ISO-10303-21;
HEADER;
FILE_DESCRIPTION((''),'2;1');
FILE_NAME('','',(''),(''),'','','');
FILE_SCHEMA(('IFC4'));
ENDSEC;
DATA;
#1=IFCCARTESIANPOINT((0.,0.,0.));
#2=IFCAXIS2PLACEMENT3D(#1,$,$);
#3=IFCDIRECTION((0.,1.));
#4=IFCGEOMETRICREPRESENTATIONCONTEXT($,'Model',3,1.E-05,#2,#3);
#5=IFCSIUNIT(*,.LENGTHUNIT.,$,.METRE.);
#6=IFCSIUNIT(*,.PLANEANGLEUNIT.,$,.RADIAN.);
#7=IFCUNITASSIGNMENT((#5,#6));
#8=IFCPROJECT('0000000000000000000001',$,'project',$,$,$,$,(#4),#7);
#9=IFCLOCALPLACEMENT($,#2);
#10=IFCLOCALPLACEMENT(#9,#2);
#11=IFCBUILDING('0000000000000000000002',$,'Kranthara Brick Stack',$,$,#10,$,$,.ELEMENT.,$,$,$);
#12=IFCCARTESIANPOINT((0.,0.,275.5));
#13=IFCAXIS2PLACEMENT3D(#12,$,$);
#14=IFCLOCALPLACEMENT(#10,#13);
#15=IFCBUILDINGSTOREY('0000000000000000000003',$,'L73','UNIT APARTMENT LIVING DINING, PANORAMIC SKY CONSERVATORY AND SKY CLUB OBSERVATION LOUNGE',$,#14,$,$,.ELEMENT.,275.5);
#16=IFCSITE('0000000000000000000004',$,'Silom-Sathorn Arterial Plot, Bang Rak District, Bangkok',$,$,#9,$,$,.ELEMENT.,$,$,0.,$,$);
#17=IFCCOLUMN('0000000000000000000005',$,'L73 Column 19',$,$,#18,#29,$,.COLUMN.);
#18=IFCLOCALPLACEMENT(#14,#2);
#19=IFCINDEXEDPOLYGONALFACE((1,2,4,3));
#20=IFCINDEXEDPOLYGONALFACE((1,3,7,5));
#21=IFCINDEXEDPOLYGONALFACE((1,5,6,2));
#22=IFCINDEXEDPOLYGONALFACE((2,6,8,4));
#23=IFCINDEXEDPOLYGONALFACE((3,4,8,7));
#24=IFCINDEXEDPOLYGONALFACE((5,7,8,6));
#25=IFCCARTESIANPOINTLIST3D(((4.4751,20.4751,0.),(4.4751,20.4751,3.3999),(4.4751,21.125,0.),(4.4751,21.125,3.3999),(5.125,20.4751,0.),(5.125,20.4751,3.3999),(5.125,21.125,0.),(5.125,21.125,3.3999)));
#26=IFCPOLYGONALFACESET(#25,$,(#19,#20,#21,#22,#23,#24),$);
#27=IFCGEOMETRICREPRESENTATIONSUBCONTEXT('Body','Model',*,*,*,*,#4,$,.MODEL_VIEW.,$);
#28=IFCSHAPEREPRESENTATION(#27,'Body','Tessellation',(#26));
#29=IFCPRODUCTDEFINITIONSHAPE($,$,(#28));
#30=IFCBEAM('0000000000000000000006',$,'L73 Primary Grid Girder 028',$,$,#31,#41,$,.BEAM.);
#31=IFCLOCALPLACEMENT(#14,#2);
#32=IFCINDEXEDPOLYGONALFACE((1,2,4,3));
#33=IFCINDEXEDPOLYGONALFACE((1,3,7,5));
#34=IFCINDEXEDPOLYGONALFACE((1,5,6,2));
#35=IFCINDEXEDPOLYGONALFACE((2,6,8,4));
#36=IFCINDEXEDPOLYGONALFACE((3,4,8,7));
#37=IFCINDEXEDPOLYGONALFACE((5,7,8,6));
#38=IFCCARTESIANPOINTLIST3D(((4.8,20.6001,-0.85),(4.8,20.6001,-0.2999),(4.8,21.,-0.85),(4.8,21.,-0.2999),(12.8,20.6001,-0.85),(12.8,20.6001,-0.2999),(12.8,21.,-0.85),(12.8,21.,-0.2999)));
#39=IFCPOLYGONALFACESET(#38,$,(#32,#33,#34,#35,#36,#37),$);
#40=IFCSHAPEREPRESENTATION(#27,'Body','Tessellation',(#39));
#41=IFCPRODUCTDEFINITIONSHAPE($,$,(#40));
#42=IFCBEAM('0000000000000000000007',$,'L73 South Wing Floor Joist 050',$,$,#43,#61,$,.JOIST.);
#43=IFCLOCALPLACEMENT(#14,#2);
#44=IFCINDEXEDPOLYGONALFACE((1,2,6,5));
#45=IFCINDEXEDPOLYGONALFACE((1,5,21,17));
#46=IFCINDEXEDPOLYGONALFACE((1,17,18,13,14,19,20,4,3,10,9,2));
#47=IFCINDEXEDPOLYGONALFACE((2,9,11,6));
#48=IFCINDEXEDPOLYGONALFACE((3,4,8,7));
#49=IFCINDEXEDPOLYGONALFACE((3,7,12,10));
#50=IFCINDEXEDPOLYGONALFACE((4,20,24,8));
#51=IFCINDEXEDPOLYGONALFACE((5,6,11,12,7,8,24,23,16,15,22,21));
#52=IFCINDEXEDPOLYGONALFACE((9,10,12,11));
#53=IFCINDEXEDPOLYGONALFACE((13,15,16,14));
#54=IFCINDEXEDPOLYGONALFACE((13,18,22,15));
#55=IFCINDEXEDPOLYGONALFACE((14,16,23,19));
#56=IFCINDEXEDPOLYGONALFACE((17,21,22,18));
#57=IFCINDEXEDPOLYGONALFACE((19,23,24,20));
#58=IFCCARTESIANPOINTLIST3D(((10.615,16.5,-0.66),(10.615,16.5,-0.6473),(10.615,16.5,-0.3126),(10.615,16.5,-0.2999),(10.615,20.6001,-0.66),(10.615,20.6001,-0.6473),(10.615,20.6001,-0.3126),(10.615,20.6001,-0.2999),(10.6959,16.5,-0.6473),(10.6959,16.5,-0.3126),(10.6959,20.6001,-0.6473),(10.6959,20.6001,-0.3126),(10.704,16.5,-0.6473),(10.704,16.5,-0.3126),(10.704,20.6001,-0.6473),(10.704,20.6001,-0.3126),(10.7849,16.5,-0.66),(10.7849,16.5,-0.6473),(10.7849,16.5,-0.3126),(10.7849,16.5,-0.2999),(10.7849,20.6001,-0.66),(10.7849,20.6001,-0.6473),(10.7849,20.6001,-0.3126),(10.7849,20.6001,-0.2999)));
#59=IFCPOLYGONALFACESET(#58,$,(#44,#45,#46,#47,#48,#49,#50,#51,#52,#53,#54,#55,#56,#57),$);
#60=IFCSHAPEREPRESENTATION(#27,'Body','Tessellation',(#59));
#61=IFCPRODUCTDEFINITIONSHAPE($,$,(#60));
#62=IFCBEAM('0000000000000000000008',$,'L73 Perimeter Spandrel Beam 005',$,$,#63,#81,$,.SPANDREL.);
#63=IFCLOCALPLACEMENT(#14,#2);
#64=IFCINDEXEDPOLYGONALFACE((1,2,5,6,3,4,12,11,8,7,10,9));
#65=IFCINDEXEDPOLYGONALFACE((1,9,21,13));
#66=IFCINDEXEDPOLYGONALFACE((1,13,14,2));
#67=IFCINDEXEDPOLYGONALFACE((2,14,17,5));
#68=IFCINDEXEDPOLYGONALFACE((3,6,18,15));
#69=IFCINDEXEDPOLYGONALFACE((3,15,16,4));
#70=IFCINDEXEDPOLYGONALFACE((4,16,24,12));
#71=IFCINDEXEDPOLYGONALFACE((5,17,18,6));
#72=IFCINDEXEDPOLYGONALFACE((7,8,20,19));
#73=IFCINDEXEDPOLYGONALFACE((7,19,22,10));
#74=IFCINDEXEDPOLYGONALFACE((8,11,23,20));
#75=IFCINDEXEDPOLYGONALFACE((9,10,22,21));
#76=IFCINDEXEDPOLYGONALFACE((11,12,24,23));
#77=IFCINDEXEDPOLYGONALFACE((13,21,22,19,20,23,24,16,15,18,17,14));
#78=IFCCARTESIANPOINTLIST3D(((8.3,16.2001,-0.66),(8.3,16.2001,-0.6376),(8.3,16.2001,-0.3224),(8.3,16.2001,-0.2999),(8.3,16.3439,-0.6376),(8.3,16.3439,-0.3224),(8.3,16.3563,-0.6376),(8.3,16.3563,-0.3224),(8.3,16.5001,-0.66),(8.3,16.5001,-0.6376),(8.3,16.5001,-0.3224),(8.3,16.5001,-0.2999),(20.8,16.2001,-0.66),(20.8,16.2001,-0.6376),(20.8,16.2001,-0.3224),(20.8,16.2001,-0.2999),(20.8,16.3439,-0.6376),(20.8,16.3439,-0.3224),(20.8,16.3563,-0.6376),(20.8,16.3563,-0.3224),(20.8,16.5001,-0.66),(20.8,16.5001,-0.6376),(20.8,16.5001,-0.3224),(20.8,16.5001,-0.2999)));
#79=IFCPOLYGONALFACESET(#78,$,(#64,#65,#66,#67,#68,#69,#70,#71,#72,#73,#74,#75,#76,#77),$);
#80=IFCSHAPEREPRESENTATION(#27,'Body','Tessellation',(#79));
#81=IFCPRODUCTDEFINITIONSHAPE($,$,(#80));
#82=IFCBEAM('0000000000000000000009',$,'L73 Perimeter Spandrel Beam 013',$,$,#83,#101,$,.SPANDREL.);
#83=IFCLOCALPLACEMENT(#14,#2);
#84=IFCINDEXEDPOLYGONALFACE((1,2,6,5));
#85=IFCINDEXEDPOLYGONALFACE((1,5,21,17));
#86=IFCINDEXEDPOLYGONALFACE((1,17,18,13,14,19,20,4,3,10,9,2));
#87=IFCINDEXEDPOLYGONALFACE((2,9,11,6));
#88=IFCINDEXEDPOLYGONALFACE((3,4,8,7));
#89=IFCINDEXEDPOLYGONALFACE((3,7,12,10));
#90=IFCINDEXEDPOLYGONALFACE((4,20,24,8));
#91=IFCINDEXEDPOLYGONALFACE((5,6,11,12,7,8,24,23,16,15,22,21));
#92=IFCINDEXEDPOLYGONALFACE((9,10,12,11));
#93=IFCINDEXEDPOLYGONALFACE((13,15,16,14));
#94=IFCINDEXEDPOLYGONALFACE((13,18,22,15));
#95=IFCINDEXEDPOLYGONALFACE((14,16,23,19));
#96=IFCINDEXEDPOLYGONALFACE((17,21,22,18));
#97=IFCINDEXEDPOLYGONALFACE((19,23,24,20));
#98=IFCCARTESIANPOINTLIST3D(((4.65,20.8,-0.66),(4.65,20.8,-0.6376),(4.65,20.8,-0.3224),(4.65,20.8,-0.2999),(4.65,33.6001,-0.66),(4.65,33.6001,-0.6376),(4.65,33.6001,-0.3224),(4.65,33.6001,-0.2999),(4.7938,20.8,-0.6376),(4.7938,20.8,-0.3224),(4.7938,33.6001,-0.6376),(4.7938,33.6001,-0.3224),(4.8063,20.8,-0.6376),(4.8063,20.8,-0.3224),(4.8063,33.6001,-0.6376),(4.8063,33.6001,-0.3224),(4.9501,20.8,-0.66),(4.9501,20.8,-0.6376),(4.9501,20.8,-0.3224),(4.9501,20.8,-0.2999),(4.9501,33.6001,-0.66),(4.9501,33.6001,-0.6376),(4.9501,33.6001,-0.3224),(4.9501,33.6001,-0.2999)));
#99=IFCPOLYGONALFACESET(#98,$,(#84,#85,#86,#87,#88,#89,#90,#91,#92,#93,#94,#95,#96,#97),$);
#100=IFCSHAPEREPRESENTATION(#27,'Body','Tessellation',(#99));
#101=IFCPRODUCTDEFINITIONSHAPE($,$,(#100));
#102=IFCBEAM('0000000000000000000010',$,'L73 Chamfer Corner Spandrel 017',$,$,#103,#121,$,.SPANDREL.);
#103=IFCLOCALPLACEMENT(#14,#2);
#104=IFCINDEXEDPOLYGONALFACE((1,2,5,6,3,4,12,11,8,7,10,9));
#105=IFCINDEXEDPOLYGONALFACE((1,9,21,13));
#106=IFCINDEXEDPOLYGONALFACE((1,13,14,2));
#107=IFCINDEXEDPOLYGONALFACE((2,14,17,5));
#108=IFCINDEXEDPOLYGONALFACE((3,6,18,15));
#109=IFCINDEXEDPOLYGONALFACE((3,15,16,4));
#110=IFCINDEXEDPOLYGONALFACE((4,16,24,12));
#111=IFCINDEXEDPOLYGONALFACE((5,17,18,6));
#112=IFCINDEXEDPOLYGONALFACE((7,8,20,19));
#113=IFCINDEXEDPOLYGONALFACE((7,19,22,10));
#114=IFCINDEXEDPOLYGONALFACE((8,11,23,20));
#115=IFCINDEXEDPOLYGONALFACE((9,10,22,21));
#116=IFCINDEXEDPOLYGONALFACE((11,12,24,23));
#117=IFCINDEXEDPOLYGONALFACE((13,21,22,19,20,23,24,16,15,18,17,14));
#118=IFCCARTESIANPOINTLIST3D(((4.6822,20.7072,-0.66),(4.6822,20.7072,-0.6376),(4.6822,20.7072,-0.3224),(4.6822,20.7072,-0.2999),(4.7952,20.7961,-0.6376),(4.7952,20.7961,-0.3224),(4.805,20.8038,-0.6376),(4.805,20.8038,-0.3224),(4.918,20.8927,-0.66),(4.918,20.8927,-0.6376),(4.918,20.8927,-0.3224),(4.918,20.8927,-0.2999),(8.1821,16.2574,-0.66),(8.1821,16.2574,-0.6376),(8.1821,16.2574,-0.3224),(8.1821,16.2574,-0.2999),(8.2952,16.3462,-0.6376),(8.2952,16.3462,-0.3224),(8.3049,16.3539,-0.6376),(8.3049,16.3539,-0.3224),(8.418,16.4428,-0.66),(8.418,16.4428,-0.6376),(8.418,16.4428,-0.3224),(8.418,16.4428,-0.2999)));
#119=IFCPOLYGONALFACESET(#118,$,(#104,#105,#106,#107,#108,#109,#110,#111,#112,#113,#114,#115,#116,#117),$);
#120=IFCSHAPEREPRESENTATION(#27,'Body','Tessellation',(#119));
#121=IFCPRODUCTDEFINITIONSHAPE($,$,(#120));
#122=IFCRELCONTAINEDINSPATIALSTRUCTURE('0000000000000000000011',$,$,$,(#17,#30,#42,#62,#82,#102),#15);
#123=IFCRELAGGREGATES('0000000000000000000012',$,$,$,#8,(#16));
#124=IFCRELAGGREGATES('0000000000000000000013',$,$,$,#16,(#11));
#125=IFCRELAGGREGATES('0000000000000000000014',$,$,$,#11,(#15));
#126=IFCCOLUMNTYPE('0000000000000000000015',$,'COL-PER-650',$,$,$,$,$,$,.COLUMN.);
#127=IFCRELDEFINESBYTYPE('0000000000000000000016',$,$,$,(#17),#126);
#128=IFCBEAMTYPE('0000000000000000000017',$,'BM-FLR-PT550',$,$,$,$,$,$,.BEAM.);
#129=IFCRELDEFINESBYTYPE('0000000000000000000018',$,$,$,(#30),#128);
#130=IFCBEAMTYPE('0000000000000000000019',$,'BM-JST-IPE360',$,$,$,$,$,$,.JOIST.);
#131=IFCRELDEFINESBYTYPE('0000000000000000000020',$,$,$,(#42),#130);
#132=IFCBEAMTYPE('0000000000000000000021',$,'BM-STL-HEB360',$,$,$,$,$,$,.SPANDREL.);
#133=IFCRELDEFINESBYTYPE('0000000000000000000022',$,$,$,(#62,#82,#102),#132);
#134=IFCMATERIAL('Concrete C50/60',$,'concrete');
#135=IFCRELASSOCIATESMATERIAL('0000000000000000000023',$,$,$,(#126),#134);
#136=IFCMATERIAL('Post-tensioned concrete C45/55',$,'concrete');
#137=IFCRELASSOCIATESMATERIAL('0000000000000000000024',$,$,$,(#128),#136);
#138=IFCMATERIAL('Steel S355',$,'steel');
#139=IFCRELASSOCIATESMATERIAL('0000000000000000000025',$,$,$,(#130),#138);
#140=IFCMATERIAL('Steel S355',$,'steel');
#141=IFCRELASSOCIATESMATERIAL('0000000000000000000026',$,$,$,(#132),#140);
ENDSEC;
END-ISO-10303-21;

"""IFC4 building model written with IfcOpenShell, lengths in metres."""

from ifc_helpers import new_model, si_unit, direction, frame, origin, origin_2d, place, context, subcontext, project, spatial, rectangle, i_section, extrude, material, material_profile, profile_set, type_object, element, save


model = new_model("IFC4")

# Units and contexts
model_context = context("Model", 3, precision=1e-05, world=origin(), true_north=direction((0.0, 1.0)))
body_context = subcontext(model_context, "Body", "Model", "MODEL_VIEW")
ifc_project = project(units=[si_unit("LENGTHUNIT", "METRE"), si_unit("PLANEANGLEUNIT", "RADIAN")], contexts=[model_context])

# Site, building, storey
site_placement = place(None, origin())
site = spatial("IfcSite", under=ifc_project, at=site_placement, Name="Silom-Sathorn Arterial Plot, Bang Rak District, Bangkok", CompositionType="ELEMENT", RefElevation=0.0)
building_placement = place(site_placement, origin())
building = spatial("IfcBuilding", under=site, at=building_placement, Name="Kranthara Brick Stack", CompositionType="ELEMENT")
storey_placement = place(building_placement, frame((0.0, 0.0, 275.5)))
storey = spatial("IfcBuildingStorey", under=building, at=storey_placement, Name="L73", Description="UNIT APARTMENT LIVING DINING, PANORAMIC SKY CONSERVATORY AND SKY CLUB OBSERVATION LOUNGE", CompositionType="ELEMENT", Elevation=275.5)

# Column
ifc_material_1 = material(Name="Concrete C50/60", Category="concrete")
ifc_material_profile_1 = material_profile(ifc_material_1, rectangle(XDim=0.6499, YDim=0.6499, at=origin_2d()), Name="RC 650x650")
ifc_profile_set_1 = profile_set([ifc_material_profile_1], Name="Concrete C50/60")
column_type = type_object("IfcColumnType", Name="COL-PER-650", PredefinedType="COLUMN", material=ifc_profile_set_1)
column_placement = place(storey_placement, frame((4.8, 20.8, 0.0), z_axis=(0.0, 0.0, 1.0), x_axis=(1.0, 0.0, 0.0)))
element("IfcColumn", 1, at=column_placement, inside=storey, type_object=column_type, Name="L73 Column 19", PredefinedType="COLUMN", context=body_context, shape_type="SweptSolid", body=[
    extrude(rectangle(XDim=0.6499, YDim=0.6499, at=origin_2d()), origin(), (0.0, 0.0, 1.0), 3.3999),
])

# Beams
ifc_material_2 = material(Name="Post-tensioned concrete C45/55", Category="concrete")
ifc_material_profile_2 = material_profile(ifc_material_2, rectangle(XDim=0.3999, YDim=0.55, at=origin_2d()), Name="PT 400x550")
ifc_profile_set_2 = profile_set([ifc_material_profile_2], Name="Post-tensioned concrete C45/55")
beam_type_1 = type_object("IfcBeamType", Name="BM-FLR-PT550", PredefinedType="BEAM", material=ifc_profile_set_2)
beam_1_placement = place(storey_placement, frame((4.8, 20.8, -0.575), z_axis=(1.0, 0.0, 0.0), x_axis=(0.0, 1.0, 0.0)))
element("IfcBeam", 2, at=beam_1_placement, inside=storey, type_object=beam_type_1, Name="L73 Primary Grid Girder 028", PredefinedType="BEAM", context=body_context, shape_type="SweptSolid", body=[
    extrude(rectangle(XDim=0.3999, YDim=0.55, at=origin_2d()), origin(), (0.0, 0.0, 1.0), 8.0),
])
ifc_material_3 = material(Name="Steel S355", Category="steel")
ifc_material_profile_3 = material_profile(ifc_material_3, i_section(OverallWidth=0.1699, OverallDepth=0.3601, WebThickness=0.0081, FlangeThickness=0.0127, at=origin_2d()), Name="IPE 360")
ifc_profile_set_3 = profile_set([ifc_material_profile_3], Name="Steel S355")
beam_type_2 = type_object("IfcBeamType", Name="BM-JST-IPE360", PredefinedType="JOIST", material=ifc_profile_set_3)
beam_2_placement = place(storey_placement, frame((10.7, 16.5, -0.48), z_axis=(0.0, 1.0, 0.0), x_axis=(-1.0, 0.0, 0.0)))
element("IfcBeam", 3, at=beam_2_placement, inside=storey, type_object=beam_type_2, Name="L73 South Wing Floor Joist 050", PredefinedType="JOIST", context=body_context, shape_type="SweptSolid", body=[
    extrude(i_section(OverallWidth=0.1699, OverallDepth=0.3601, WebThickness=0.0081, FlangeThickness=0.0127, at=origin_2d()), origin(), (0.0, 0.0, 1.0), 4.1001),
])
ifc_material_4 = material(Name="Steel S355", Category="steel")
ifc_material_profile_4 = material_profile(ifc_material_4, i_section(OverallWidth=0.3, OverallDepth=0.3601, WebThickness=0.0125, FlangeThickness=0.0225, at=origin_2d()), Name="HEB 360")
ifc_profile_set_4 = profile_set([ifc_material_profile_4], Name="Steel S355")
beam_type_3 = type_object("IfcBeamType", Name="BM-STL-HEB360", PredefinedType="SPANDREL", material=ifc_profile_set_4)
beam_3_placement = place(storey_placement, frame((8.3, 16.3501, -0.48), z_axis=(1.0, 0.0, 0.0), x_axis=(0.0, 1.0, 0.0)))
element("IfcBeam", 4, at=beam_3_placement, inside=storey, type_object=beam_type_3, Name="L73 Perimeter Spandrel Beam 005", PredefinedType="SPANDREL", context=body_context, shape_type="SweptSolid", body=[
    extrude(i_section(OverallWidth=0.3, OverallDepth=0.3601, WebThickness=0.0125, FlangeThickness=0.0225, at=origin_2d()), origin(), (0.0, 0.0, 1.0), 12.5),
])
beam_4_placement = place(storey_placement, frame((4.8, 20.8, -0.48), z_axis=(0.0, 1.0, 0.0), x_axis=(-1.0, 0.0, 0.0)))
element("IfcBeam", 5, at=beam_4_placement, inside=storey, type_object=beam_type_3, Name="L73 Perimeter Spandrel Beam 013", PredefinedType="SPANDREL", context=body_context, shape_type="SweptSolid", body=[
    extrude(i_section(OverallWidth=0.3, OverallDepth=0.3601, WebThickness=0.0125, FlangeThickness=0.0225, at=origin_2d()), origin(), (0.0, 0.0, 1.0), 12.8),
])
beam_5_placement = place(storey_placement, frame((8.3, 16.3501, -0.48), z_axis=(-0.618216, 0.786008, 0.0), x_axis=(-0.786008, -0.618216, 0.0)))
element("IfcBeam", 6, at=beam_5_placement, inside=storey, type_object=beam_type_3, Name="L73 Chamfer Corner Spandrel 017", PredefinedType="SPANDREL", context=body_context, shape_type="SweptSolid", body=[
    extrude(i_section(OverallWidth=0.3, OverallDepth=0.3601, WebThickness=0.0125, FlangeThickness=0.0225, at=origin_2d()), origin(), (0.0, 0.0, 1.0), 5.6614),
])

save(model, "model.ifc")
